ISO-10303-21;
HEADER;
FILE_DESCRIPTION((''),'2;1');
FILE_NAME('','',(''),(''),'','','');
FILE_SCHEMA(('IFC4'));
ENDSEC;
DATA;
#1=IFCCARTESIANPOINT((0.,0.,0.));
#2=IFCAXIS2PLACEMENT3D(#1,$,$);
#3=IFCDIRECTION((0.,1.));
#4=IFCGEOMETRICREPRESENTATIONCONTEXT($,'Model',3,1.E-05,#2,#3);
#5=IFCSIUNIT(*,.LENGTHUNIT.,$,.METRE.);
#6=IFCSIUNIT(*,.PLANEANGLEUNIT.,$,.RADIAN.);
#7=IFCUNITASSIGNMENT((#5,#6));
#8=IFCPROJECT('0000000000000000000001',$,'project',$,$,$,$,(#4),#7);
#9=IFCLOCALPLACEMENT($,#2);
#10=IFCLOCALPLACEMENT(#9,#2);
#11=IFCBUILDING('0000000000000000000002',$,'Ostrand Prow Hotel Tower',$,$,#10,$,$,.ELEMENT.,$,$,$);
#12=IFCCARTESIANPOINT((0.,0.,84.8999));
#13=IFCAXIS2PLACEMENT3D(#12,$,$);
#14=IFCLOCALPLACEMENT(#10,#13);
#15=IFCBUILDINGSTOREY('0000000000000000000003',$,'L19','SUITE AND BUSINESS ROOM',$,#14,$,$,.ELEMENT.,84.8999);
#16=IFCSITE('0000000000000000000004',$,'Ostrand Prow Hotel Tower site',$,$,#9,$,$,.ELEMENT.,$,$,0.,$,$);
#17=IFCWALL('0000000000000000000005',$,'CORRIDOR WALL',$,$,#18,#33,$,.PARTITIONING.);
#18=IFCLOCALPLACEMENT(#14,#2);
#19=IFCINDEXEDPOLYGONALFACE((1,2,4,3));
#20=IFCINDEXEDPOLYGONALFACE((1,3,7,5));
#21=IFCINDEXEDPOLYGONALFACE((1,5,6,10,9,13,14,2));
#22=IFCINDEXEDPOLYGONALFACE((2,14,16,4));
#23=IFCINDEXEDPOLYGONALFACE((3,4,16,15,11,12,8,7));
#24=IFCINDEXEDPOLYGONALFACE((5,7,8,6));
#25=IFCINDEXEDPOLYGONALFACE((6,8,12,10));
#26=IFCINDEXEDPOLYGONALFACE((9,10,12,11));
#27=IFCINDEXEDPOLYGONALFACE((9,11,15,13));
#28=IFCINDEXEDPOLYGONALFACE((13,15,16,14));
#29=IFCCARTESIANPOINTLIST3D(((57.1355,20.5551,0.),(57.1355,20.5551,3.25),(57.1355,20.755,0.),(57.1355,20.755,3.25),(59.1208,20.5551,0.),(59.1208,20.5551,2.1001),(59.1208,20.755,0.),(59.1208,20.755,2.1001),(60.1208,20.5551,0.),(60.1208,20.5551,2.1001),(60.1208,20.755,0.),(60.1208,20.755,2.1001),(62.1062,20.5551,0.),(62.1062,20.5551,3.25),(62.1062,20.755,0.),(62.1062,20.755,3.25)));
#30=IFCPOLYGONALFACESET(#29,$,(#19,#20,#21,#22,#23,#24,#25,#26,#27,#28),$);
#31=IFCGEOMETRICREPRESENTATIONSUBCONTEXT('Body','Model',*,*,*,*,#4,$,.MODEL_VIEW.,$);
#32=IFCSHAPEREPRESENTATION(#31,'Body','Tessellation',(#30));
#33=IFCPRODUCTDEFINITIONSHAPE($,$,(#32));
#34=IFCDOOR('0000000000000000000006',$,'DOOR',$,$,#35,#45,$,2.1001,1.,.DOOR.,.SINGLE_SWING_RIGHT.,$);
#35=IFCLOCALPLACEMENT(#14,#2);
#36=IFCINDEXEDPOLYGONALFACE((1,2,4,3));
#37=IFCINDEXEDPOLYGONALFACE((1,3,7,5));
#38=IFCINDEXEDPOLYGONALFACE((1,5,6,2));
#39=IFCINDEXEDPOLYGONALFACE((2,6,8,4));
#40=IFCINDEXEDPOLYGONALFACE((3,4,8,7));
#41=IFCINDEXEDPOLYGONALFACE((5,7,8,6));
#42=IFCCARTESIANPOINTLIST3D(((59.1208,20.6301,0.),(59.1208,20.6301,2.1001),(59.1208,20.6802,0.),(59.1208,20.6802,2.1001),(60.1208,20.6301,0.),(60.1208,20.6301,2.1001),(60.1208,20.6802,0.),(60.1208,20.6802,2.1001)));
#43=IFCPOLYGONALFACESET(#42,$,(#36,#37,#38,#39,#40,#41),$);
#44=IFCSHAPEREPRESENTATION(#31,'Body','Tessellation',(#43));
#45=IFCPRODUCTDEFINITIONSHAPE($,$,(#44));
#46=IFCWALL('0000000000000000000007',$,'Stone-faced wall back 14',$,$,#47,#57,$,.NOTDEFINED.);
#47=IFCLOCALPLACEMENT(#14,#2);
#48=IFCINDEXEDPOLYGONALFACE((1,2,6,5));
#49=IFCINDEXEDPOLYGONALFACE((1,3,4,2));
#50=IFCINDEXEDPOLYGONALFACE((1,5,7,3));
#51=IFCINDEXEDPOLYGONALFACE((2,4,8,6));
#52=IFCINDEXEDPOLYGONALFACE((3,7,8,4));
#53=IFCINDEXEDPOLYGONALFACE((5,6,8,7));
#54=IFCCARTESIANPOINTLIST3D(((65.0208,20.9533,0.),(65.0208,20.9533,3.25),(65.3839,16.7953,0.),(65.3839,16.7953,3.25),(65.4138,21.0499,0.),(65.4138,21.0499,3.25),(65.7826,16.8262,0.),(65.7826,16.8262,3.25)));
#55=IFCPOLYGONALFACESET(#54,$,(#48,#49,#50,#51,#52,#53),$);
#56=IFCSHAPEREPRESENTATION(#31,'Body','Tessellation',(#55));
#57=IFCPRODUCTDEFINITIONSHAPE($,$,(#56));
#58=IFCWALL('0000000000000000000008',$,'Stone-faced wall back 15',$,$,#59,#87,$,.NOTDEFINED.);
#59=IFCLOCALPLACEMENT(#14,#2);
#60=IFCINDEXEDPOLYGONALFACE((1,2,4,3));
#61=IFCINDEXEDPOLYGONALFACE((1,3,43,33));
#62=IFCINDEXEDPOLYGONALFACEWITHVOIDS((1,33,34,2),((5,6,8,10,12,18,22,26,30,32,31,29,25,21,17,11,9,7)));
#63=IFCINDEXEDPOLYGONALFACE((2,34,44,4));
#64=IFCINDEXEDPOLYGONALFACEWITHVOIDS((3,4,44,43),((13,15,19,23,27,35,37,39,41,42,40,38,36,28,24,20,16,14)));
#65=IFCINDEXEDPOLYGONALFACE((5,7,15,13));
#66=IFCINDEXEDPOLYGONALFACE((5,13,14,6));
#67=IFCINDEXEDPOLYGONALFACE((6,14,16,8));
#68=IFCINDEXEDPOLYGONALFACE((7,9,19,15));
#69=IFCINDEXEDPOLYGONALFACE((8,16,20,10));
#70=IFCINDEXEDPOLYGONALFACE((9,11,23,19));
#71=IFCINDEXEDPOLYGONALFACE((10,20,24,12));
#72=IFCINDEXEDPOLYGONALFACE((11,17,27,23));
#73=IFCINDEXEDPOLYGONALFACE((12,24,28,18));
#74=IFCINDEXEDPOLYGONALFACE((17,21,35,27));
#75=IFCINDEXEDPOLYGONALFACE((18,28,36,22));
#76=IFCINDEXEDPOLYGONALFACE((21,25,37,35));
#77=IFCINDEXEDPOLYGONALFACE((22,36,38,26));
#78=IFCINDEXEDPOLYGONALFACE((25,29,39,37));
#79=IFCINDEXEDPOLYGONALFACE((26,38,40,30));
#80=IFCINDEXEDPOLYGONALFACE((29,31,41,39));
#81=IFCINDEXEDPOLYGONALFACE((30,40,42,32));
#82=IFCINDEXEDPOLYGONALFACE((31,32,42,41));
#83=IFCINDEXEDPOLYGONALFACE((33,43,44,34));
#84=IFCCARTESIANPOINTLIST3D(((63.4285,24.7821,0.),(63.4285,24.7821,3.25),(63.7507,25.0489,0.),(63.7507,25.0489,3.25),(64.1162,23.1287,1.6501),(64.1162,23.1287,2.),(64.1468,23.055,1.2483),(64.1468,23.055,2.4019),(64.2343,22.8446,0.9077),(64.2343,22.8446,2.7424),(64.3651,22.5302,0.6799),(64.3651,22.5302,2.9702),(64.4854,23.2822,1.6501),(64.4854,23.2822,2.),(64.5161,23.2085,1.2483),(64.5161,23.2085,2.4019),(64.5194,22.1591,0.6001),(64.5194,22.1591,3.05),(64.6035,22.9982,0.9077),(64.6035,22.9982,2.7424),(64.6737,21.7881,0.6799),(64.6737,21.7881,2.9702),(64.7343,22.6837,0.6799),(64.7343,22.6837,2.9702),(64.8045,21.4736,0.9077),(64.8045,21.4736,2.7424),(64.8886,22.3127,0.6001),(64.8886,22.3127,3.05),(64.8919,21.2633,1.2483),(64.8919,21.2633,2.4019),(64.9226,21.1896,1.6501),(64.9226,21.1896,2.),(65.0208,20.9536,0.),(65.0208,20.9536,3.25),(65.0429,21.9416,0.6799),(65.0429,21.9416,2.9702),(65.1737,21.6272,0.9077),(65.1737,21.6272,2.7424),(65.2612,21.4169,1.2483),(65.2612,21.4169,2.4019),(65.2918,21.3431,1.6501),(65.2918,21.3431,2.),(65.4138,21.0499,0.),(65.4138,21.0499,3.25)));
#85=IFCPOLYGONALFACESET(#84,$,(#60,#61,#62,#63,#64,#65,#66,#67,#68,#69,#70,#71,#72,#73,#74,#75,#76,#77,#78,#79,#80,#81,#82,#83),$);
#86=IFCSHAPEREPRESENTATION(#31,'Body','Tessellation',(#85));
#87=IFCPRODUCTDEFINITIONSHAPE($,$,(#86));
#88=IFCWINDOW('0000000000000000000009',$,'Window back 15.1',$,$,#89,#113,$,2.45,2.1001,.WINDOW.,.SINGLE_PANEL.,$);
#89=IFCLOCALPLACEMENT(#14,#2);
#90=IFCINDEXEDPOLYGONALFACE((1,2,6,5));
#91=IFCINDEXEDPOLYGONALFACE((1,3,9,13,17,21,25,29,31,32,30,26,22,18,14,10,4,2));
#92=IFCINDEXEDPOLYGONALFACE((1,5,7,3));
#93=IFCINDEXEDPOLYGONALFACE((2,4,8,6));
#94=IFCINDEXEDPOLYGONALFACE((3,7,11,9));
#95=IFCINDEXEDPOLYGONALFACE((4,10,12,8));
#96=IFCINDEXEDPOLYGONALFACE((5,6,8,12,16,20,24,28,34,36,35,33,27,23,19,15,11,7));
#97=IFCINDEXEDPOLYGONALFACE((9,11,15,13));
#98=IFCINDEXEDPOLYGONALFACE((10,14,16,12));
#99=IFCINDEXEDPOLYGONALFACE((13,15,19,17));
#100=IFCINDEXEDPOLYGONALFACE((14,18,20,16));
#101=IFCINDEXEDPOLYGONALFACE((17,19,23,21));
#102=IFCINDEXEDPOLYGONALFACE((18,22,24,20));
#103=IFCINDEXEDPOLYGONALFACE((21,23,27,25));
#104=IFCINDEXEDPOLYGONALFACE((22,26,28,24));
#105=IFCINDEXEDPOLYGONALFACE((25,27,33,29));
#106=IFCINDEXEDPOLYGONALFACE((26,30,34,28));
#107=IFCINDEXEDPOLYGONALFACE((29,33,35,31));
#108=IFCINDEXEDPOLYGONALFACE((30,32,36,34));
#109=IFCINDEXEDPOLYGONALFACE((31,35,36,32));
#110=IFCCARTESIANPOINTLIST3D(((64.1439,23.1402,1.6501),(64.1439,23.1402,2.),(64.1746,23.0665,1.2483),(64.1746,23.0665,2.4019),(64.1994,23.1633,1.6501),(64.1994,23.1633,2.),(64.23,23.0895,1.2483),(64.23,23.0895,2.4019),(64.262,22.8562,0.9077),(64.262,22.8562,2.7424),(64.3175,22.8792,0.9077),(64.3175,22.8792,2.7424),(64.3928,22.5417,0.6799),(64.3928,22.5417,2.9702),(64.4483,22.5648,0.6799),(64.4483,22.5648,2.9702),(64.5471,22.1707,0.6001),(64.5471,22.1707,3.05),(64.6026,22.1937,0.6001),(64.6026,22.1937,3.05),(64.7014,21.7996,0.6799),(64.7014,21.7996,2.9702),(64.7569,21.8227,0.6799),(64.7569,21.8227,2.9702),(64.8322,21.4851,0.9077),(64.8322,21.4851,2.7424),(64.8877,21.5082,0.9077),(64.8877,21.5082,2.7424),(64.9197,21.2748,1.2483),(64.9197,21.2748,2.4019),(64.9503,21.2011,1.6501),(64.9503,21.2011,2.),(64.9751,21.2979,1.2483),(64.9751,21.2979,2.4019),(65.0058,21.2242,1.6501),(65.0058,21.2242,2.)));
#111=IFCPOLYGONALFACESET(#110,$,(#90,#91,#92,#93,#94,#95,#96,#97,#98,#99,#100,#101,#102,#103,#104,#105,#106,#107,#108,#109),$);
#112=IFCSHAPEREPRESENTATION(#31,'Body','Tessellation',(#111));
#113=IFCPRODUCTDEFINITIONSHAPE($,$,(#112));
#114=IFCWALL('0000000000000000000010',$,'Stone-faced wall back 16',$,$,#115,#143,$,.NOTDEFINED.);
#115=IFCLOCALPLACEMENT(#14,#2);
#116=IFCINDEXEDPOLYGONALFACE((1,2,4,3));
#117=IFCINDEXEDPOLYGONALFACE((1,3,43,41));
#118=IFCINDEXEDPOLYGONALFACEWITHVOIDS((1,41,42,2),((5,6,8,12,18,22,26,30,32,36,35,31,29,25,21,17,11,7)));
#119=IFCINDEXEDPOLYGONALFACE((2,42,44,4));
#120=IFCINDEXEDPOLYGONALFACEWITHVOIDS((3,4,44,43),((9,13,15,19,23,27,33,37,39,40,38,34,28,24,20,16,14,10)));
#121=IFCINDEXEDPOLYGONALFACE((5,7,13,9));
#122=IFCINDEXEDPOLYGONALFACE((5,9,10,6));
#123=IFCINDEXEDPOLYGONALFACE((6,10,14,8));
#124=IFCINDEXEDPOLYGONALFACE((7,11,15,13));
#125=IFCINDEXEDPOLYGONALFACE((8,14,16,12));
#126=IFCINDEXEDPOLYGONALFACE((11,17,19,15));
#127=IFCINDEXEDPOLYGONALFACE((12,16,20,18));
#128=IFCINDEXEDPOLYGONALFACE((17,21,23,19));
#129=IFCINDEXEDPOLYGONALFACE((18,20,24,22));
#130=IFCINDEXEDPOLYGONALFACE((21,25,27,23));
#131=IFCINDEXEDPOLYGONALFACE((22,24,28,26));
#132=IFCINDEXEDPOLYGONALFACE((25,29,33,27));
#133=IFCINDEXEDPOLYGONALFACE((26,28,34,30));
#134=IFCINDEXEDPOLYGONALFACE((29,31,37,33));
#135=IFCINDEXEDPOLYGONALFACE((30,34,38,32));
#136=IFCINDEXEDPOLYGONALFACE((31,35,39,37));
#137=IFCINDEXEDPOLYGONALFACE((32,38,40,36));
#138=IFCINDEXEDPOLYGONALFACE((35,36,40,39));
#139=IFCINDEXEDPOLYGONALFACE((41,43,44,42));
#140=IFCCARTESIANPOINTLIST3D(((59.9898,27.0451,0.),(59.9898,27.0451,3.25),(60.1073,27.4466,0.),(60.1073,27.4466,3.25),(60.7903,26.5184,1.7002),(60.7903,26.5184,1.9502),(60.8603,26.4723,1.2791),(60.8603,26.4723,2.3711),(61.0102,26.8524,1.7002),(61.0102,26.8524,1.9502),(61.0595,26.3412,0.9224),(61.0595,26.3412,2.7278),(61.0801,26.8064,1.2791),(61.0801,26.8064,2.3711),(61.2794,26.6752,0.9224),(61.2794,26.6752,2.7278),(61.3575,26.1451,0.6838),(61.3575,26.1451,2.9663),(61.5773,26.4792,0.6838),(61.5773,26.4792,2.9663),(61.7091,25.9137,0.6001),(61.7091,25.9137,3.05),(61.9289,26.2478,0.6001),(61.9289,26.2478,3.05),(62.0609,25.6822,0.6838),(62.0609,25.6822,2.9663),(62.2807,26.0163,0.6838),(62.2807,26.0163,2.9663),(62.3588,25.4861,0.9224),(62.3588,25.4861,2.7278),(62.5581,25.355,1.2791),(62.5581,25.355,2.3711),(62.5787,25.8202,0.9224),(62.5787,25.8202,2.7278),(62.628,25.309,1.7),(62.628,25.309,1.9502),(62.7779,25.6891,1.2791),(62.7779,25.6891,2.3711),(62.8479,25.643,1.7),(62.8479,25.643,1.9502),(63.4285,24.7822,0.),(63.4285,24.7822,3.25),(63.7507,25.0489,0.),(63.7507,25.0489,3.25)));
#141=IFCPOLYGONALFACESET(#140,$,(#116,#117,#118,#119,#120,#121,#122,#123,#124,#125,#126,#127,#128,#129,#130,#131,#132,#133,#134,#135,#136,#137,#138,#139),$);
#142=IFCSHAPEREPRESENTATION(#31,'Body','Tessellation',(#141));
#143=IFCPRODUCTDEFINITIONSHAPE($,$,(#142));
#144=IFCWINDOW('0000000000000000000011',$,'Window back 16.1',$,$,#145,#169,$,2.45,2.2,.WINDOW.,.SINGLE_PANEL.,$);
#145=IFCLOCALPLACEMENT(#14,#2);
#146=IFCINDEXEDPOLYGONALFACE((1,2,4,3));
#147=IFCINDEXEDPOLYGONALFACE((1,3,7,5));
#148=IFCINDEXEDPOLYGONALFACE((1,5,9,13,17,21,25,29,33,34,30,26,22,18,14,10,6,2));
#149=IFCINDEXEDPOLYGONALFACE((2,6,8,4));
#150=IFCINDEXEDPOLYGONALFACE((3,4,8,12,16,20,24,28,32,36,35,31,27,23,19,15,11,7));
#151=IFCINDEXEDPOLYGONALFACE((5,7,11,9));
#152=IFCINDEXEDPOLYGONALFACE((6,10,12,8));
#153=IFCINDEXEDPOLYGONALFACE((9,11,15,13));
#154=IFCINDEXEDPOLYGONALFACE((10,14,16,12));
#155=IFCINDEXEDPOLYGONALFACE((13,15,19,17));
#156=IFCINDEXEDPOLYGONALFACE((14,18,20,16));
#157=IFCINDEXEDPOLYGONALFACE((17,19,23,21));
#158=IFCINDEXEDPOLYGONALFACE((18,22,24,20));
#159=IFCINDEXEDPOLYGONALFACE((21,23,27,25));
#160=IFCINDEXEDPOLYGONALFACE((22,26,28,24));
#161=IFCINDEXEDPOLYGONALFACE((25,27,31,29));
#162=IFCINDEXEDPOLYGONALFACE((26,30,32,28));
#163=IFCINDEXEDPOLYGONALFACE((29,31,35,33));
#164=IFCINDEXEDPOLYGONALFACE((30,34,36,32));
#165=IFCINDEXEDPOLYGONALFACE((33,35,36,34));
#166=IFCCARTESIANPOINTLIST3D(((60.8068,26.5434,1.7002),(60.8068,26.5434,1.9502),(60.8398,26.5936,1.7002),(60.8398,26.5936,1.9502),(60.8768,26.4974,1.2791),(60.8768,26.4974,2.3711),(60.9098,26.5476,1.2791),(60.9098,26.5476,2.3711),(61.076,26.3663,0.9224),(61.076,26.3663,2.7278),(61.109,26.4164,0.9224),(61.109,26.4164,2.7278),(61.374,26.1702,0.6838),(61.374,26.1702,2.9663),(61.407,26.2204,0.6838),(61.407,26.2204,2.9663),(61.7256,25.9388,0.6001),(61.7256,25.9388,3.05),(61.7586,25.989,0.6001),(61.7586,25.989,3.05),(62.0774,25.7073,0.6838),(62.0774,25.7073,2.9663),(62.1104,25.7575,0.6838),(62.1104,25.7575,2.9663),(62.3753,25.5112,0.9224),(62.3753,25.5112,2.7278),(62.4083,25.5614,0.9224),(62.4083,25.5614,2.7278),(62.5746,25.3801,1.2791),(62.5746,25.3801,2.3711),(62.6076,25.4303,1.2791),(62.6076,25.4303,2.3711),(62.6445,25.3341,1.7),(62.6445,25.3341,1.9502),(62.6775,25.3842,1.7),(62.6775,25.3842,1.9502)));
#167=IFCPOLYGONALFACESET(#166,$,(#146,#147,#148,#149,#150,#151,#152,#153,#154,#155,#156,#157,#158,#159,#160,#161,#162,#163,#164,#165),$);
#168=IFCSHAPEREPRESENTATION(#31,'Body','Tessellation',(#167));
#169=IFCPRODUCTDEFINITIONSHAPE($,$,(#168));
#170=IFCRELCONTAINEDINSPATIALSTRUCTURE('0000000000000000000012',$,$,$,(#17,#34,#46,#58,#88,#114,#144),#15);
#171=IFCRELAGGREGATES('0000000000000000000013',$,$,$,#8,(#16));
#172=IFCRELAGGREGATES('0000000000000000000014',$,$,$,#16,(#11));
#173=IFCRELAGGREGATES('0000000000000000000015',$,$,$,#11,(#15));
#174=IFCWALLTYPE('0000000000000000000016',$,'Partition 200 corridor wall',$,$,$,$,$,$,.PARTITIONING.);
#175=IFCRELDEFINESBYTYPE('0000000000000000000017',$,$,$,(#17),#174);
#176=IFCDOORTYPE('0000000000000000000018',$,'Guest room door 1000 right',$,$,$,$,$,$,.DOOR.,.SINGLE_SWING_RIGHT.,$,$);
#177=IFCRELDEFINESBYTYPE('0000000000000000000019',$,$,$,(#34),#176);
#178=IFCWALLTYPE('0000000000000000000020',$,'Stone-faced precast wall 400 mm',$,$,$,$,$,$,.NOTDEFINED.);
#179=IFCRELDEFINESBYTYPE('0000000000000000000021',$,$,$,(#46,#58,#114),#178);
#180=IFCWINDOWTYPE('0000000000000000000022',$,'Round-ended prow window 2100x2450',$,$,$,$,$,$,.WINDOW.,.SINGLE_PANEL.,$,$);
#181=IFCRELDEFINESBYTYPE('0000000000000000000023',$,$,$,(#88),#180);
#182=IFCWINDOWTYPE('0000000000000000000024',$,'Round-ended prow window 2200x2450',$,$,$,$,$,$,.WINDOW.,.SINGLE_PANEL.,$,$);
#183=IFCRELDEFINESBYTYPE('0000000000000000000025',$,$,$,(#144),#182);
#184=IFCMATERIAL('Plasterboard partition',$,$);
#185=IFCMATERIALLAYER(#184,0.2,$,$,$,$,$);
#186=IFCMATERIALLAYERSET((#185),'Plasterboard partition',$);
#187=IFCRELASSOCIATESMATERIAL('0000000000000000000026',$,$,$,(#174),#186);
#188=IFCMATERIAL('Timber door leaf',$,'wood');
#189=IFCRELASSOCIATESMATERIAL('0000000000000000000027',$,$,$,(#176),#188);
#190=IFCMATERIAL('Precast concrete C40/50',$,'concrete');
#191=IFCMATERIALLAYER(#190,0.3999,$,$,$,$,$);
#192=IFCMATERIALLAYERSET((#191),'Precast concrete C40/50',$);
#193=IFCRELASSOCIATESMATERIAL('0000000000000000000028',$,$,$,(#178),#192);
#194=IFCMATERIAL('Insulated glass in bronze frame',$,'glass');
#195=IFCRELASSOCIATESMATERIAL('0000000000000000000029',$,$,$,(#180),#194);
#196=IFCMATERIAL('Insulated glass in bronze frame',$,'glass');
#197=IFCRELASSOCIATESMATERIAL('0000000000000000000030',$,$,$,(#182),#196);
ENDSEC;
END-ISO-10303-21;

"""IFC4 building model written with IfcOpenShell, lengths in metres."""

from ifc_helpers import new_model, si_unit, direction, frame, frame_2d, origin, place, context, subcontext, project, spatial, polyline, rectangle, outline, extrude, material, layer, layer_set, type_object, element, fill, save


model = new_model("IFC4")

# Units and contexts
model_context = context("Model", 3, precision=1e-05, world=origin(), true_north=direction((0.0, 1.0)))
body_context = subcontext(model_context, "Body", "Model", "MODEL_VIEW")
ifc_project = project(units=[si_unit("LENGTHUNIT", "METRE"), si_unit("PLANEANGLEUNIT", "RADIAN")], contexts=[model_context])

# Site, building, storey
site_placement = place(None, origin())
site = spatial("IfcSite", under=ifc_project, at=site_placement, Name="Ostrand Prow Hotel Tower site", CompositionType="ELEMENT", RefElevation=0.0)
building_placement = place(site_placement, origin())
building = spatial("IfcBuilding", under=site, at=building_placement, Name="Ostrand Prow Hotel Tower", CompositionType="ELEMENT")
storey_placement = place(building_placement, frame((0.0, 0.0, 84.8999)))
storey = spatial("IfcBuildingStorey", under=building, at=storey_placement, Name="L19", Description="SUITE AND BUSINESS ROOM", CompositionType="ELEMENT", Elevation=84.8999)

# Wall, opening, door
ifc_material_1 = material(Name="Plasterboard partition")
ifc_layer_1 = layer(ifc_material_1, 0.2)
ifc_layer_set_1 = layer_set([ifc_layer_1], Name="Plasterboard partition")
wall_type_1 = type_object("IfcWallType", Name="Partition 200 corridor wall", PredefinedType="PARTITIONING", material=ifc_layer_set_1)
wall_1_placement = place(storey_placement, frame((62.1062, 20.655, 0.0), z_axis=(0.0, 0.0, 1.0), x_axis=(-1.0, 0.0, 0.0)))
wall_1 = element("IfcWall", 1, at=wall_1_placement, inside=storey, type_object=wall_type_1, Name="CORRIDOR WALL", PredefinedType="PARTITIONING", context=body_context, shape_type="SweptSolid", body=[
    extrude(rectangle(XDim=4.9707, YDim=0.2, at=frame_2d((2.4854, 0.0))), origin(), (0.0, 0.0, 1.0), 3.25),
])
opening_1_placement = place(wall_1_placement, frame((1.9854, 0.0, 0.0)))
opening_1 = element("IfcOpeningElement", 2, at=opening_1_placement, cuts=wall_1, PredefinedType="OPENING", context=body_context, shape_type="SweptSolid", body=[
    extrude(rectangle(XDim=1.0, YDim=2.1001, at=frame_2d((0.5, 1.05))), frame((0.0, 0.1099, 0.0), z_axis=(0.0, -1.0, 0.0), x_axis=(1.0, 0.0, 0.0)), (0.0, 0.0, 1.0), 0.22),
])
ifc_material_2 = material(Name="Timber door leaf", Category="wood")
door_type_1 = type_object("IfcDoorType", Name="Guest room door 1000 right", OperationType="SINGLE_SWING_RIGHT", PredefinedType="DOOR", material=ifc_material_2)
door_1_placement = place(opening_1_placement, origin())
door_1 = element("IfcDoor", 3, at=door_1_placement, inside=storey, type_object=door_type_1, Name="DOOR", OperationType="SINGLE_SWING_RIGHT", OverallHeight=2.1001, OverallWidth=1.0, PredefinedType="DOOR", context=body_context, shape_type="SweptSolid", body=[
    extrude(rectangle(XDim=1.0, YDim=2.1001, at=frame_2d((0.5, 1.05))), frame((0.0, 0.0249, 0.0), z_axis=(0.0, -1.0, 0.0), x_axis=(1.0, 0.0, 0.0)), (0.0, 0.0, 1.0), 0.05),
])
fill(opening_1, door_1)

# Wall
ifc_material_3 = material(Name="Precast concrete C40/50", Category="concrete")
ifc_layer_2 = layer(ifc_material_3, 0.3999)
ifc_layer_set_2 = layer_set([ifc_layer_2], Name="Precast concrete C40/50")
wall_type_2 = type_object("IfcWallType", Name="Stone-faced precast wall 400 mm", PredefinedType="NOTDEFINED", material=ifc_layer_set_2)
wall_2_placement = place(storey_placement, frame((65.5833, 16.8108, 0.0), z_axis=(0.0, 0.0, 1.0), x_axis=(-0.086993, 0.996209, 0.0)))
element("IfcWall", 4, at=wall_2_placement, inside=storey, type_object=wall_type_2, Name="Stone-faced wall back 14", PredefinedType="NOTDEFINED", context=body_context, shape_type="SweptSolid", body=[
    extrude(outline(polyline([(-0.002, -0.2), (4.2378, -0.2), (4.1758, 0.2), (0.002, 0.2), (-0.002, -0.2)])), origin(), (0.0, 0.0, 1.0), 3.25),
])

# Walls, openings, windows
wall_3_placement = place(storey_placement, frame((65.2173, 21.0017, 0.0), z_axis=(0.0, 0.0, 1.0), x_axis=(-0.383998, 0.923334, 0.0)))
wall_3 = element("IfcWall", 5, at=wall_3_placement, inside=storey, type_object=wall_type_2, Name="Stone-faced wall back 15", PredefinedType="NOTDEFINED", context=body_context, shape_type="SweptSolid", body=[
    extrude(outline(polyline([(-0.031, -0.2), (4.3, -0.2), (4.1775, 0.2), (0.031, 0.2), (-0.031, -0.2)])), origin(), (0.0, 0.0, 1.0), 3.25),
])
opening_2_placement = place(wall_3_placement, frame((0.2866, 0.0, 0.6001)))
opening_2 = element("IfcOpeningElement", 6, at=opening_2_placement, cuts=wall_3, PredefinedType="OPENING", context=body_context, shape_type="SweptSolid", body=[
    extrude(outline(polyline([(0.0, 1.3999), (0.0798, 1.8018), (0.3076, 2.1423), (0.6482, 2.3701), (1.05, 2.45), (1.4519, 2.3701), (1.7925, 2.1423), (2.0203, 1.8018), (2.1001, 1.3999), (2.1001, 1.05), (2.0203, 0.6482), (1.7925, 0.3076), (1.4519, 0.0798), (1.05, 0.0), (0.6482, 0.0798), (0.3076, 0.3076), (0.0798, 0.6482), (0.0, 1.05), (0.0, 1.3999)])), frame((0.0, 0.21, 0.0), z_axis=(0.0, -1.0, 0.0), x_axis=(1.0, 0.0, 0.0)), (0.0, 0.0, 1.0), 0.4199),
])
ifc_material_4 = material(Name="Insulated glass in bronze frame", Category="glass")
window_type_1 = type_object("IfcWindowType", Name="Round-ended prow window 2100x2450", PartitioningType="SINGLE_PANEL", PredefinedType="WINDOW", material=ifc_material_4)
window_1_placement = place(opening_2_placement, origin())
window_1 = element("IfcWindow", 7, at=window_1_placement, inside=storey, type_object=window_type_1, Name="Window back 15.1", OverallHeight=2.45, OverallWidth=2.1001, PartitioningType="SINGLE_PANEL", PredefinedType="WINDOW", context=body_context, shape_type="SweptSolid", body=[
    extrude(outline(polyline([(0.0, 1.3999), (0.0798, 1.8018), (0.3076, 2.1423), (0.6482, 2.3701), (1.05, 2.45), (1.4519, 2.3701), (1.7925, 2.1423), (2.0203, 1.8018), (2.1001, 1.3999), (2.1001, 1.05), (2.0203, 0.6482), (1.7925, 0.3076), (1.4519, 0.0798), (1.05, 0.0), (0.6482, 0.0798), (0.3076, 0.3076), (0.0798, 0.6482), (0.0, 1.05), (0.0, 1.3999)])), frame((0.0, 0.1699, 0.0), z_axis=(0.0, -1.0, 0.0), x_axis=(1.0, 0.0, 0.0)), (0.0, 0.0, 1.0), 0.0601),
])
fill(opening_2, window_1)
wall_4_placement = place(storey_placement, frame((63.5896, 24.9155, 0.0), z_axis=(0.0, 0.0, 1.0), x_axis=(-0.835341, 0.549733, 0.0)))
wall_4 = element("IfcWall", 8, at=wall_4_placement, inside=storey, type_object=wall_type_2, Name="Stone-faced wall back 16", PredefinedType="NOTDEFINED", context=body_context, shape_type="SweptSolid", body=[
    extrude(outline(polyline([(-0.0613, -0.2), (4.3003, -0.2), (4.1777, 0.2), (0.0613, 0.2), (-0.0613, -0.2)])), origin(), (0.0, 0.0, 1.0), 3.25),
])
opening_3_placement = place(wall_4_placement, frame((1.0195, 0.0, 0.6001)))
opening_3 = element("IfcOpeningElement", 9, at=opening_3_placement, cuts=wall_4, PredefinedType="OPENING", context=body_context, shape_type="SweptSolid", body=[
    extrude(outline(polyline([(0.0, 1.3501), (0.0837, 1.771), (0.3223, 2.1277), (0.679, 2.3662), (1.1001, 2.45), (1.521, 2.3662), (1.8777, 2.1277), (2.1162, 1.771), (2.2, 1.3501), (2.2, 1.1001), (2.1162, 0.679), (1.8777, 0.3223), (1.521, 0.0837), (1.1001, 0.0), (0.679, 0.0837), (0.3223, 0.3223), (0.0837, 0.679), (0.0, 1.0999), (0.0, 1.3501)])), frame((0.0, 0.21, 0.0), z_axis=(0.0, -1.0, 0.0), x_axis=(1.0, 0.0, 0.0)), (0.0, 0.0, 1.0), 0.4199),
])
ifc_material_5 = material(Name="Insulated glass in bronze frame", Category="glass")
window_type_2 = type_object("IfcWindowType", Name="Round-ended prow window 2200x2450", PartitioningType="SINGLE_PANEL", PredefinedType="WINDOW", material=ifc_material_5)
window_2_placement = place(opening_3_placement, origin())
window_2 = element("IfcWindow", 10, at=window_2_placement, inside=storey, type_object=window_type_2, Name="Window back 16.1", OverallHeight=2.45, OverallWidth=2.2, PartitioningType="SINGLE_PANEL", PredefinedType="WINDOW", context=body_context, shape_type="SweptSolid", body=[
    extrude(outline(polyline([(0.0, 1.3501), (0.0837, 1.771), (0.3223, 2.1277), (0.679, 2.3662), (1.1001, 2.45), (1.521, 2.3662), (1.8777, 2.1277), (2.1162, 1.771), (2.2, 1.3501), (2.2, 1.1001), (2.1162, 0.679), (1.8777, 0.3223), (1.521, 0.0837), (1.1001, 0.0), (0.679, 0.0837), (0.3223, 0.3223), (0.0837, 0.679), (0.0, 1.0999), (0.0, 1.3501)])), frame((0.0, 0.1699, 0.0), z_axis=(0.0, -1.0, 0.0), x_axis=(1.0, 0.0, 0.0)), (0.0, 0.0, 1.0), 0.0601),
])
fill(opening_3, window_2)

save(model, "model.ifc")
